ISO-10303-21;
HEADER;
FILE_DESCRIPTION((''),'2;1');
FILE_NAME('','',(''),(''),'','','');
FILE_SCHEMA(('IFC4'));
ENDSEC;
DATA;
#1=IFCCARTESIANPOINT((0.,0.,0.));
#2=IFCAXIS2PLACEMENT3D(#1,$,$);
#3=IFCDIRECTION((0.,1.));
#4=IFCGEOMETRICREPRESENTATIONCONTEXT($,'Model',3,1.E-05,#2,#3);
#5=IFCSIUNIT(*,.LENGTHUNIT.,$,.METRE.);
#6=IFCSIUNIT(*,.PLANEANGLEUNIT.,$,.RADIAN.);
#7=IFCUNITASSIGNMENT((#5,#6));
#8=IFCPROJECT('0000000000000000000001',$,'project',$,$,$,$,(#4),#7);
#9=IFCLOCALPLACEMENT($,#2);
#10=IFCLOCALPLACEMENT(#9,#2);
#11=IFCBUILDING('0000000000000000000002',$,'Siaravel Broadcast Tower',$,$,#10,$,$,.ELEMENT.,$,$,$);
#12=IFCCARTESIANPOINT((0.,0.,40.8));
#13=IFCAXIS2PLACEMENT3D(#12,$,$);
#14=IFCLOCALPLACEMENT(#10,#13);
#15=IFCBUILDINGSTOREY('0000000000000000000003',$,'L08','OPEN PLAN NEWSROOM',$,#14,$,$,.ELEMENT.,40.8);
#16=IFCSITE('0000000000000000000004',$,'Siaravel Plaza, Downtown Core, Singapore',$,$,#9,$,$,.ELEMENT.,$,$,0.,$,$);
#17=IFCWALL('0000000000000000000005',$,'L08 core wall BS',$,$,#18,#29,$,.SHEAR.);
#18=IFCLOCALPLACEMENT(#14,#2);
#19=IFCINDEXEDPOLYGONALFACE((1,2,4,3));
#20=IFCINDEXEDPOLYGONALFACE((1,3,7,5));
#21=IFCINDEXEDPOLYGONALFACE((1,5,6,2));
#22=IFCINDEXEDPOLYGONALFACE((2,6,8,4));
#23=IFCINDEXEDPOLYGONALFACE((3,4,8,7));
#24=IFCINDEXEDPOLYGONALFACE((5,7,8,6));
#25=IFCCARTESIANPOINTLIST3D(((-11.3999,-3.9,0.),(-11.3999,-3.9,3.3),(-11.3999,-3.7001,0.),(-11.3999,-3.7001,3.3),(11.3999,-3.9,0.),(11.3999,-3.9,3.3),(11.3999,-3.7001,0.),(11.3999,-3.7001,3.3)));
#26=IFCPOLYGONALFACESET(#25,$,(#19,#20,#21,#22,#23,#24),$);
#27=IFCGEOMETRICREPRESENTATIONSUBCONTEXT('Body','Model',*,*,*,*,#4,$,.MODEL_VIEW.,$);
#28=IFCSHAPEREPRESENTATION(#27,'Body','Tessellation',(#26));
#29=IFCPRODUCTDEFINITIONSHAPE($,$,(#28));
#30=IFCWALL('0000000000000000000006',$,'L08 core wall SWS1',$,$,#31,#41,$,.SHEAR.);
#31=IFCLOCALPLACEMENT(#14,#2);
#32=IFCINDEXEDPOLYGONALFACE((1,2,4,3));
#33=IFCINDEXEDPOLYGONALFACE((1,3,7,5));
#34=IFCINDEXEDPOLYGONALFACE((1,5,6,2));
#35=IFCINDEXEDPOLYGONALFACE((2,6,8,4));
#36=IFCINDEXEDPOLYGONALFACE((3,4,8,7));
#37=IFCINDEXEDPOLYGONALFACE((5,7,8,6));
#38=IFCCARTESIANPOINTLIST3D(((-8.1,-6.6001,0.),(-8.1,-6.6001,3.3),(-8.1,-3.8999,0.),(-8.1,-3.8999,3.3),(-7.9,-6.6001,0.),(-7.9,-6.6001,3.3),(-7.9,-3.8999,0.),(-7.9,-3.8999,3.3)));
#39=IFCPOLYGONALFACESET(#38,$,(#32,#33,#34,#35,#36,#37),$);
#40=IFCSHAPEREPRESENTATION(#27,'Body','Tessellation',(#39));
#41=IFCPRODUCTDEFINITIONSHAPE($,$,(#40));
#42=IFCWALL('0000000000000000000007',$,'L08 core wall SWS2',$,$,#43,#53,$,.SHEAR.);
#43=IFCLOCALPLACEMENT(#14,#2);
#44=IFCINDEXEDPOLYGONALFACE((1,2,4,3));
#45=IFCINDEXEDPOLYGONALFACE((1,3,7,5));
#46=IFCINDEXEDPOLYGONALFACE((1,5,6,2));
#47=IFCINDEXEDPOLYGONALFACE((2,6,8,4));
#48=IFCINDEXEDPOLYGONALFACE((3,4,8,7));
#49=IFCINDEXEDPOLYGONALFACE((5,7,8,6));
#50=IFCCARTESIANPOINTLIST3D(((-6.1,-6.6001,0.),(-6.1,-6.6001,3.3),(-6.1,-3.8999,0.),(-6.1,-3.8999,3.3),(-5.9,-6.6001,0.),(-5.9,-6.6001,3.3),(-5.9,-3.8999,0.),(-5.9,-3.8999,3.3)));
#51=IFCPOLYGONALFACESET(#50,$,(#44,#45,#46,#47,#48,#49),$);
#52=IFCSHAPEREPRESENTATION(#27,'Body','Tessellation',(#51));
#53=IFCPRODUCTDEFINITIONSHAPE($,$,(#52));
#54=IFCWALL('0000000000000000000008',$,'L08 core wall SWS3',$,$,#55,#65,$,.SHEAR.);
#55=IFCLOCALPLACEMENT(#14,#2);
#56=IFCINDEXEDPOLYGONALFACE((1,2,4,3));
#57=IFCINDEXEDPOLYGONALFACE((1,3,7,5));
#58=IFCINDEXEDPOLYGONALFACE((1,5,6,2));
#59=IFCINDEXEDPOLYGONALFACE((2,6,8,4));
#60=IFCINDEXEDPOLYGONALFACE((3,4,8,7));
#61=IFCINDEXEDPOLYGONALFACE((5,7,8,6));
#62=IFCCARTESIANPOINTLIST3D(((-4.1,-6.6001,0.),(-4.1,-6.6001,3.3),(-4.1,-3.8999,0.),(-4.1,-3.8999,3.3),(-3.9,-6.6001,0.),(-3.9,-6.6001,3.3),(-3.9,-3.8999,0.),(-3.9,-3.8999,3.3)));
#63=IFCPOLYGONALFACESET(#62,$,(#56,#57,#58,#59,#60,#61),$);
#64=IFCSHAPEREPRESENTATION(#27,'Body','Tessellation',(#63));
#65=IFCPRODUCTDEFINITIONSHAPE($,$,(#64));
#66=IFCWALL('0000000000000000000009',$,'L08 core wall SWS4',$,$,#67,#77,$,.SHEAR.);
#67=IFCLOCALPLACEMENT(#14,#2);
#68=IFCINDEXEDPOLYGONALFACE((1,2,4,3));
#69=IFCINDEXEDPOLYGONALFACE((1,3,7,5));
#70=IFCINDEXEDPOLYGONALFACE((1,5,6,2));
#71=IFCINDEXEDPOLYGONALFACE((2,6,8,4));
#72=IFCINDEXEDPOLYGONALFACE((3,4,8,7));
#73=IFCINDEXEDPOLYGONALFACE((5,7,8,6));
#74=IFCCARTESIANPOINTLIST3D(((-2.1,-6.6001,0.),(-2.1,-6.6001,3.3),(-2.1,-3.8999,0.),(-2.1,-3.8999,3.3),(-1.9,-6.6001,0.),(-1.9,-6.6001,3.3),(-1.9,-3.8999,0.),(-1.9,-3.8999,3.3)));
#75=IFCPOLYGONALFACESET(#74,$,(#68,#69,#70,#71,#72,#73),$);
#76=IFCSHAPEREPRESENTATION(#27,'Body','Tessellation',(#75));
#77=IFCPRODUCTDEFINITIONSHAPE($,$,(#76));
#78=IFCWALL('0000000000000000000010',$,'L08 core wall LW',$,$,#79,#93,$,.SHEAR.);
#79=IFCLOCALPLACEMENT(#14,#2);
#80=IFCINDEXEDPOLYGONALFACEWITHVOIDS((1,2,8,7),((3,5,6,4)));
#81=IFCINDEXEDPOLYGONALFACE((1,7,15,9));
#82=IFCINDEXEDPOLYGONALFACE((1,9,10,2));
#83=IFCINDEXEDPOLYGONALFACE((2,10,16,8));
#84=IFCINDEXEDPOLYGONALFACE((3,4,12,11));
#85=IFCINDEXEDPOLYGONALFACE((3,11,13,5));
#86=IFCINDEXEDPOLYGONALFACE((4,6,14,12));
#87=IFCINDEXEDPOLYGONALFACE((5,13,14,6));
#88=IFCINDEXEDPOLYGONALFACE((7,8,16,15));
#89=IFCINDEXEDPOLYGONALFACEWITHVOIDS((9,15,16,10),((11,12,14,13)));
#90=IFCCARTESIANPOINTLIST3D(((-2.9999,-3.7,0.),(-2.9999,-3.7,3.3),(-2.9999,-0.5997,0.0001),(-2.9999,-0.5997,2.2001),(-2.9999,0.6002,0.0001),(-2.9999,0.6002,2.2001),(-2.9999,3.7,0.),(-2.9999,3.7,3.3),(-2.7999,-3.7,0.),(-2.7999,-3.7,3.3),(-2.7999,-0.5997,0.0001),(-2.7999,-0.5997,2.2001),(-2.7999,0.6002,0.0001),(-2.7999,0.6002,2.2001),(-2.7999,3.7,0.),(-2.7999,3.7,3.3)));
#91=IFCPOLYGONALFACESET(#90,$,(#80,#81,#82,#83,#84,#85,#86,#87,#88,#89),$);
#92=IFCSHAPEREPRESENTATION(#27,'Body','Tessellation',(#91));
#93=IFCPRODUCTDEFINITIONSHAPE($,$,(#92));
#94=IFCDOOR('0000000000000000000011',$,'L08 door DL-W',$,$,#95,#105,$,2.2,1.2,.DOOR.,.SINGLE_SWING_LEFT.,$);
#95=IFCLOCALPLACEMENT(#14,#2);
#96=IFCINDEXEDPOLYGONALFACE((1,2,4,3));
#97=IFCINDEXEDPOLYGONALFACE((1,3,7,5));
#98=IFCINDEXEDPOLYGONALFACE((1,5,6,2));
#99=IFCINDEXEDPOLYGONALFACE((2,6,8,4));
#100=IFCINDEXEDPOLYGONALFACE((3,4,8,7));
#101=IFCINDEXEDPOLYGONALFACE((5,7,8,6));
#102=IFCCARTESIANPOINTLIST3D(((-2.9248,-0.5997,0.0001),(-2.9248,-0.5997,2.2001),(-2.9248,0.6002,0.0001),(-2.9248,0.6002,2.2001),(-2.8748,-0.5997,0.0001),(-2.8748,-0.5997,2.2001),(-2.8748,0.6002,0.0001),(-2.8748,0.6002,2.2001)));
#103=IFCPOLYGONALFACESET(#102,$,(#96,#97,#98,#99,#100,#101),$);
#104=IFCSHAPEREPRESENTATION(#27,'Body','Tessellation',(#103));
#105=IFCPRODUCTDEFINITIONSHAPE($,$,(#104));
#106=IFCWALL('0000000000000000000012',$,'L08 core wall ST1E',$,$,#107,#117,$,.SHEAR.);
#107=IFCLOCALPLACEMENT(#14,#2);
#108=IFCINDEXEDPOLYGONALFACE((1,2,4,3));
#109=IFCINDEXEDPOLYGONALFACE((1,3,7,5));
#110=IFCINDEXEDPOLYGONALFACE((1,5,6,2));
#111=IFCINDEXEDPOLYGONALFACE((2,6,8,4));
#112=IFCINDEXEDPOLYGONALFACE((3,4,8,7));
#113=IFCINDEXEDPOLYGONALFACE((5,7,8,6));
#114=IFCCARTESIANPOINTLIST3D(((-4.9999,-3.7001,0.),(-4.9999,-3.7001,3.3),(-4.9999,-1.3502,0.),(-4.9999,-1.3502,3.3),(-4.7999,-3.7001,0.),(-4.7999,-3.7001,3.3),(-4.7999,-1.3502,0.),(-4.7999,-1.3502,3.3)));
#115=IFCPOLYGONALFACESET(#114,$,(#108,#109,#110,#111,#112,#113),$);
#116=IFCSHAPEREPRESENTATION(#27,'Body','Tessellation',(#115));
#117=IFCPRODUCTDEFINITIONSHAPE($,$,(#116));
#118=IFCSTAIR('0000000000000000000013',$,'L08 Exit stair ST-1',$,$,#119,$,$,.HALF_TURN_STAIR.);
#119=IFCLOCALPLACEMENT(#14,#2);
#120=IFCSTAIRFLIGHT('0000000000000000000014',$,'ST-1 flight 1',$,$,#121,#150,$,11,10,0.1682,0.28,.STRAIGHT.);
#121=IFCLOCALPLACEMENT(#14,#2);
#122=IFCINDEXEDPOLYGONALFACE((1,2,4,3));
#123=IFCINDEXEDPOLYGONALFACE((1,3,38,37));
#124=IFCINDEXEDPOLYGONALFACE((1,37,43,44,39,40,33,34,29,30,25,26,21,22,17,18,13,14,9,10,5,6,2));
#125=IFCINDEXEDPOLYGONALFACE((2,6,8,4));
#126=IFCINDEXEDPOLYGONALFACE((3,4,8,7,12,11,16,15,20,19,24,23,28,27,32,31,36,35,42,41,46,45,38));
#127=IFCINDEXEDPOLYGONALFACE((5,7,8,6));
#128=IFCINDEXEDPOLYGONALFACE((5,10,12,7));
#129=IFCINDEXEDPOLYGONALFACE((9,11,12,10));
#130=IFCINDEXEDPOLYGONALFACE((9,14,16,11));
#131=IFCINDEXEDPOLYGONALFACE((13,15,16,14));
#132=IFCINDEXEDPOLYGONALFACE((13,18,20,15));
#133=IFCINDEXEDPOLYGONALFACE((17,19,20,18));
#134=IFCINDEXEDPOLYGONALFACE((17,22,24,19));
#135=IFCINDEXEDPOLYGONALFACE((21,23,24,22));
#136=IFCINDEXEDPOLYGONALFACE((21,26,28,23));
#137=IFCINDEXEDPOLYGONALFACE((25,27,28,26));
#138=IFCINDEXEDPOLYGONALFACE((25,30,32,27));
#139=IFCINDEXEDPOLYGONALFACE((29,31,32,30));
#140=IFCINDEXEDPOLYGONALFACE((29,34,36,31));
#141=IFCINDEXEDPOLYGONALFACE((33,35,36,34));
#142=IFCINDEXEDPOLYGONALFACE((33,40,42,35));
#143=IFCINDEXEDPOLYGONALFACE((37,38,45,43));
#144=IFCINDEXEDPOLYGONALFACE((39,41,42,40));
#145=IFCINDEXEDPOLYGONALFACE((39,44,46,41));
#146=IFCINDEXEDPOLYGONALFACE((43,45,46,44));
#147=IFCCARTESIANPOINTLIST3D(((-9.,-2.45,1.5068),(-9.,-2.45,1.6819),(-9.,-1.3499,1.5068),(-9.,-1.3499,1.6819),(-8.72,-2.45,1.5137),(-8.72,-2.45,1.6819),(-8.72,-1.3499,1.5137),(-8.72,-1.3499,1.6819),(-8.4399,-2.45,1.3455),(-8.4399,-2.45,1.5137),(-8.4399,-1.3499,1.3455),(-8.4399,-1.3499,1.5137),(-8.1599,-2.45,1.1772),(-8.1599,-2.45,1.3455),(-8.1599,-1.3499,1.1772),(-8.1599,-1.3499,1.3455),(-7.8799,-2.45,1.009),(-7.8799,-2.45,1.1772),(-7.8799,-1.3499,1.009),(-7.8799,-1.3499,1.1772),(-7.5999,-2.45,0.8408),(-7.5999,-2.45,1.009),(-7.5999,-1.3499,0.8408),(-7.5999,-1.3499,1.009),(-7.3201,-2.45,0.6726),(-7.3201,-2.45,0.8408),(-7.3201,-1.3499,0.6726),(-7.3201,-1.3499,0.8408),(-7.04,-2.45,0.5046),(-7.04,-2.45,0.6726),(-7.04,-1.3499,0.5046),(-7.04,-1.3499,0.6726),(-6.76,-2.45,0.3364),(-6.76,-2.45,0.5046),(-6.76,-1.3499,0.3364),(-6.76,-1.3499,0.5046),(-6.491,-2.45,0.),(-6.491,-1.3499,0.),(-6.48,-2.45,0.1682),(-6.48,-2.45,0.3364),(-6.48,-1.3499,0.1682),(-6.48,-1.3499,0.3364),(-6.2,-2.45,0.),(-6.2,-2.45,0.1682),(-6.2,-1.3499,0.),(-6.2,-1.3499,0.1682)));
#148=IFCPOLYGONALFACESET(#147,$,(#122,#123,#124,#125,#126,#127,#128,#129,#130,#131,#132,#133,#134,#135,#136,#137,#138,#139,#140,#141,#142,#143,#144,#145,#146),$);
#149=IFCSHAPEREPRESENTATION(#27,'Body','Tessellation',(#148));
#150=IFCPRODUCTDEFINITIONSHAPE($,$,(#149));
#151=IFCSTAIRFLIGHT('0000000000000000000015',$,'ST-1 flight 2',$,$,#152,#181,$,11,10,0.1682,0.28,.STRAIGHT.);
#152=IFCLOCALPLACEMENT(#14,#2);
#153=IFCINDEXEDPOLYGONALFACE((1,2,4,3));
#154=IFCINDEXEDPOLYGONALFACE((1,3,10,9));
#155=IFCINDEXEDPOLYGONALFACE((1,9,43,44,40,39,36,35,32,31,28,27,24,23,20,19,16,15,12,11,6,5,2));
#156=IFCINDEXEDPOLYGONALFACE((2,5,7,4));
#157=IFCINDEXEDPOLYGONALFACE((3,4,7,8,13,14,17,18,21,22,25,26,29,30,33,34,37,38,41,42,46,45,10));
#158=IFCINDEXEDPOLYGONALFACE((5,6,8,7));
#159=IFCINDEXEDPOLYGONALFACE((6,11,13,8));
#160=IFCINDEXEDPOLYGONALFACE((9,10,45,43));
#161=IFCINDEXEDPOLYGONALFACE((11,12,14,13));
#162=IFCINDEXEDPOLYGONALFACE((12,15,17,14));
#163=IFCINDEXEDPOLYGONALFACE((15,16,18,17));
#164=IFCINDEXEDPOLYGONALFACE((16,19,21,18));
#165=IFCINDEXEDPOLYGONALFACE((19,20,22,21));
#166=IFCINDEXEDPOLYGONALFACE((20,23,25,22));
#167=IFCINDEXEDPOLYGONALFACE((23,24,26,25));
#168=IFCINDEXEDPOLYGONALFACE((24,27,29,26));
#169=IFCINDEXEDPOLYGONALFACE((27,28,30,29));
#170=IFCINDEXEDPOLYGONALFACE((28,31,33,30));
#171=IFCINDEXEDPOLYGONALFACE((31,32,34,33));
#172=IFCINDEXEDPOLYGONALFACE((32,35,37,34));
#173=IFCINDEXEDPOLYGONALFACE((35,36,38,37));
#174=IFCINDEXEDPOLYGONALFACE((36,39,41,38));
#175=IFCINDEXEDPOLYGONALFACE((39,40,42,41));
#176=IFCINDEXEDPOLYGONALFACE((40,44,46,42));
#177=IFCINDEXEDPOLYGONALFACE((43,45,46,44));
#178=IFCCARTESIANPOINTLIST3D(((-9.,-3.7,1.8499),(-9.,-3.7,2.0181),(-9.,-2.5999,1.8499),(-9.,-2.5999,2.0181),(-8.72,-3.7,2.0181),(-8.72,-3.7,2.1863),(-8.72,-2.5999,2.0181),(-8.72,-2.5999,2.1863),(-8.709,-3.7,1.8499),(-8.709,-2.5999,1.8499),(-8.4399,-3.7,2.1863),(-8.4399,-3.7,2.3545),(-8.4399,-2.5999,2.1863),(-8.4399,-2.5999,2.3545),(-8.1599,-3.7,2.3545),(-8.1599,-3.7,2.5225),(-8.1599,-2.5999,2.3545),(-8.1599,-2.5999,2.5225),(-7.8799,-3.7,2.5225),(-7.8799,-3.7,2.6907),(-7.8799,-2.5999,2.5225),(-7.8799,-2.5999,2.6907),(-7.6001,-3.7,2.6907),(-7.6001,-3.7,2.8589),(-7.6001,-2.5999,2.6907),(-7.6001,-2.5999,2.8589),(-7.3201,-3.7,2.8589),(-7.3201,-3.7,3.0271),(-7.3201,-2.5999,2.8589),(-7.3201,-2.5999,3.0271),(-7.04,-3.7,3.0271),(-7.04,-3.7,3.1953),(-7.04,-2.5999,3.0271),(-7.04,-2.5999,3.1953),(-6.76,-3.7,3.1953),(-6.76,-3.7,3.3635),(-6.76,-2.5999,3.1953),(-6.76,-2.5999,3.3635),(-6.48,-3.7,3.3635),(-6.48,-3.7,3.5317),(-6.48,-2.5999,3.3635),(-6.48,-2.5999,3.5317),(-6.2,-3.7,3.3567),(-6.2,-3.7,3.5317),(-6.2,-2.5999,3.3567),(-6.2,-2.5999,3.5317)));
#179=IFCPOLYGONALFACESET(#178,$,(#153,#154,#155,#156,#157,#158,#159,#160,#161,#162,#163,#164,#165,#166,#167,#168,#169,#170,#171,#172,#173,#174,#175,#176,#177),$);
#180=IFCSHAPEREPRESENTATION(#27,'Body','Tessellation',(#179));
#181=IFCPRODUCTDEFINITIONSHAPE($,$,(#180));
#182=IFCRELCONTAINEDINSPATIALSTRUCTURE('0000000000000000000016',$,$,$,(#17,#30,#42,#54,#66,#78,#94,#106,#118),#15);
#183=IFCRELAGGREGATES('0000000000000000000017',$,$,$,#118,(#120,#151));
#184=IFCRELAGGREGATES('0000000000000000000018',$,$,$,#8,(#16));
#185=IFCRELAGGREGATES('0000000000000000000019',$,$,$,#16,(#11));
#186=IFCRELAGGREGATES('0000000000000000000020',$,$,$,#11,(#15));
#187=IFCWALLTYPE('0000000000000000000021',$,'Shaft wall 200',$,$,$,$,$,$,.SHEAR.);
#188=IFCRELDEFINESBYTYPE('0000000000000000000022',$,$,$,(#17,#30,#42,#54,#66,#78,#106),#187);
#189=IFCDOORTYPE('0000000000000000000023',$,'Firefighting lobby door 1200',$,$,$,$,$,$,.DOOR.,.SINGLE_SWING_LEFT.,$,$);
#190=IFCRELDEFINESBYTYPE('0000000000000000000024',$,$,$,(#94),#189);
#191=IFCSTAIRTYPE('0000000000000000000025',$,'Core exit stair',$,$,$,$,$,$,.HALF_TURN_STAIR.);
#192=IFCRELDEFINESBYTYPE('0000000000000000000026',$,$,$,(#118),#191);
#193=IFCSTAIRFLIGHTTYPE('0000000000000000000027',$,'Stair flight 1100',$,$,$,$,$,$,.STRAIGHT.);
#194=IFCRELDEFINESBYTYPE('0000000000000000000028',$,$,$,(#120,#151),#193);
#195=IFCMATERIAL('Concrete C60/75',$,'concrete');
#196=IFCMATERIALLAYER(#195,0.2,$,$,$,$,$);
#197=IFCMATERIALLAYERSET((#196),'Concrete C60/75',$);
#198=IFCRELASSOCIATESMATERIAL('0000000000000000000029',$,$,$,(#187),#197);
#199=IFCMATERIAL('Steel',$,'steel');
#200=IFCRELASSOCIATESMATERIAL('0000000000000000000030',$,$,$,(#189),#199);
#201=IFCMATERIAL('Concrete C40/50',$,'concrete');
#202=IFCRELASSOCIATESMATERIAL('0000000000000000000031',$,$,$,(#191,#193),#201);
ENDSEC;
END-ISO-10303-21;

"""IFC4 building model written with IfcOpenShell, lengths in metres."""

from ifc_helpers import new_model, si_unit, direction, frame, frame_2d, origin, place, context, subcontext, project, spatial, polyline, rectangle, outline, extrude, material, layer, layer_set, type_object, element, fill, aggregate, save


model = new_model("IFC4")

# Units and contexts
model_context = context("Model", 3, precision=1e-05, world=origin(), true_north=direction((0.0, 1.0)))
body_context = subcontext(model_context, "Body", "Model", "MODEL_VIEW")
ifc_project = project(units=[si_unit("LENGTHUNIT", "METRE"), si_unit("PLANEANGLEUNIT", "RADIAN")], contexts=[model_context])

# Site, building, storey
site_placement = place(None, origin())
site = spatial("IfcSite", under=ifc_project, at=site_placement, Name="Siaravel Plaza, Downtown Core, Singapore", CompositionType="ELEMENT", RefElevation=0.0)
building_placement = place(site_placement, origin())
building = spatial("IfcBuilding", under=site, at=building_placement, Name="Siaravel Broadcast Tower", CompositionType="ELEMENT")
storey_placement = place(building_placement, frame((0.0, 0.0, 40.8)))
storey = spatial("IfcBuildingStorey", under=building, at=storey_placement, Name="L08", Description="OPEN PLAN NEWSROOM", CompositionType="ELEMENT", Elevation=40.8)

# Walls
ifc_material_1 = material(Name="Concrete C60/75", Category="concrete")
ifc_layer = layer(ifc_material_1, 0.2)
ifc_layer_set = layer_set([ifc_layer], Name="Concrete C60/75")
wall_type = type_object("IfcWallType", Name="Shaft wall 200", PredefinedType="SHEAR", material=ifc_layer_set)
wall_1_placement = place(storey_placement, frame((-11.3999, -3.8, 0.0), z_axis=(0.0, 0.0, 1.0), x_axis=(1.0, 0.0, 0.0)))
element("IfcWall", 1, at=wall_1_placement, inside=storey, type_object=wall_type, Name="L08 core wall BS", PredefinedType="SHEAR", context=body_context, shape_type="SweptSolid", body=[
    extrude(rectangle(XDim=22.7998, YDim=0.2, at=frame_2d((11.3999, 0.0))), origin(), (0.0, 0.0, 1.0), 3.3),
])
for number, where, z_axis, x_axis, name in (
    (2, (-8.0, -6.6001, 0.0), (0.0, 0.0, 1.0), (0.0, 1.0, 0.0), "L08 core wall SWS1"),
    (3, (-6.0, -6.6001, 0.0), (0.0, 0.0, 1.0), (0.0, 1.0, 0.0), "L08 core wall SWS2"),
    (4, (-4.0, -6.6001, 0.0), (0.0, 0.0, 1.0), (0.0, 1.0, 0.0), "L08 core wall SWS3"),
    (5, (-2.0, -6.6001, 0.0), (0.0, 0.0, 1.0), (0.0, 1.0, 0.0), "L08 core wall SWS4"),
):
    element("IfcWall", number, at=place(storey_placement, frame(where, z_axis=z_axis, x_axis=x_axis)), inside=storey, type_object=wall_type, Name=name, PredefinedType="SHEAR", context=body_context, shape_type="SweptSolid", body=[
        extrude(rectangle(XDim=2.7002, YDim=0.2, at=frame_2d((1.3501, 0.0))), origin(), (0.0, 0.0, 1.0), 3.3),
    ])

# Wall, opening, door
wall_2_placement = place(storey_placement, frame((-2.8999, -3.7, 0.0), z_axis=(0.0, 0.0, 1.0), x_axis=(0.0, 1.0, 0.0)))
wall_2 = element("IfcWall", 6, at=wall_2_placement, inside=storey, type_object=wall_type, Name="L08 core wall LW", PredefinedType="SHEAR", context=body_context, shape_type="SweptSolid", body=[
    extrude(rectangle(XDim=7.3999, YDim=0.2, at=frame_2d((3.7, 0.0))), origin(), (0.0, 0.0, 1.0), 3.3),
])
opening_placement = place(wall_2_placement, frame((3.1001, 0.0, 0.0)))
opening = element("IfcOpeningElement", 7, at=opening_placement, cuts=wall_2, PredefinedType="OPENING", context=body_context, shape_type="SweptSolid", body=[
    extrude(rectangle(XDim=1.2, YDim=2.2, at=frame_2d((0.6001, 1.1001))), frame((0.0, 0.1099, 0.0), z_axis=(0.0, -1.0, 0.0), x_axis=(1.0, 0.0, 0.0)), (0.0, 0.0, 1.0), 0.22),
])
ifc_material_2 = material(Name="Steel", Category="steel")
door_type = type_object("IfcDoorType", Name="Firefighting lobby door 1200", OperationType="SINGLE_SWING_LEFT", PredefinedType="DOOR", material=ifc_material_2)
door_placement = place(opening_placement, origin())
door = element("IfcDoor", 8, at=door_placement, inside=storey, type_object=door_type, Name="L08 door DL-W", OperationType="SINGLE_SWING_LEFT", OverallHeight=2.2, OverallWidth=1.2, PredefinedType="DOOR", context=body_context, shape_type="SweptSolid", body=[
    extrude(rectangle(XDim=1.2, YDim=2.2, at=frame_2d((0.6001, 1.1001))), frame((0.0, 0.0249, 0.0), z_axis=(0.0, -1.0, 0.0), x_axis=(1.0, 0.0, 0.0)), (0.0, 0.0, 1.0), 0.05),
])
fill(opening, door)

# Wall
wall_3_placement = place(storey_placement, frame((-4.8999, -3.7, 0.0), z_axis=(0.0, 0.0, 1.0), x_axis=(0.0, 1.0, 0.0)))
element("IfcWall", 9, at=wall_3_placement, inside=storey, type_object=wall_type, Name="L08 core wall ST1E", PredefinedType="SHEAR", context=body_context, shape_type="SweptSolid", body=[
    extrude(rectangle(XDim=2.3499, YDim=0.2, at=frame_2d((1.1748, 0.0))), origin(), (0.0, 0.0, 1.0), 3.3),
])

# Stair, stair flights
ifc_material_3 = material(Name="Concrete C40/50", Category="concrete")
stair_type = type_object("IfcStairType", Name="Core exit stair", PredefinedType="HALF_TURN_STAIR", material=ifc_material_3)
stair_placement = place(storey_placement, origin())
stair = element("IfcStair", 10, at=stair_placement, inside=storey, type_object=stair_type, Name="L08 Exit stair ST-1", PredefinedType="HALF_TURN_STAIR")
stair_flight_type = type_object("IfcStairFlightType", Name="Stair flight 1100", PredefinedType="STRAIGHT", material=ifc_material_3)
stair_flight_1_placement = place(storey_placement, frame((-6.2, -1.8999, 0.0), z_axis=(0.0, 0.0, 1.0), x_axis=(-1.0, 0.0, 0.0)))
stair_flight_1 = element("IfcStairFlight", 11, at=stair_flight_1_placement, type_object=stair_flight_type, Name="ST-1 flight 1", NumberOfRisers=11, NumberOfTreads=10, PredefinedType="STRAIGHT", RiserHeight=0.1682, TreadLength=0.28, context=body_context, shape_type="SweptSolid", body=[
    extrude(outline(polyline([(0.0, 0.0), (0.0, 0.1682), (0.28, 0.1682), (0.28, 0.3364), (0.5601, 0.3364), (0.5601, 0.5046), (0.8401, 0.5046), (0.8401, 0.6726), (1.1201, 0.6726), (1.1201, 0.8408), (1.3999, 0.8408), (1.3999, 1.009), (1.6799, 1.009), (1.6799, 1.1772), (1.96, 1.1772), (1.96, 1.3455), (2.24, 1.3455), (2.24, 1.5137), (2.52, 1.5137), (2.52, 1.6819), (2.8, 1.6819), (2.8, 1.8501), (2.8, 1.5068), (0.291, 0.0), (0.0, 0.0)])), frame((0.0, 0.55, 0.0), z_axis=(0.0, -1.0, 0.0), x_axis=(1.0, 0.0, 0.0)), (0.0, 0.0, 1.0), 1.1001),
])
stair_flight_2_placement = place(storey_placement, frame((-9.0, -3.1499, 1.8499), z_axis=(0.0, 0.0, 1.0), x_axis=(1.0, 0.0, 0.0)))
stair_flight_2 = element("IfcStairFlight", 12, at=stair_flight_2_placement, type_object=stair_flight_type, Name="ST-1 flight 2", NumberOfRisers=11, NumberOfTreads=10, PredefinedType="STRAIGHT", RiserHeight=0.1682, TreadLength=0.28, context=body_context, shape_type="SweptSolid", body=[
    extrude(outline(polyline([(0.0, 0.0), (0.0, 0.1682), (0.28, 0.1682), (0.28, 0.3364), (0.5601, 0.3364), (0.5601, 0.5046), (0.8401, 0.5046), (0.8401, 0.6726), (1.1201, 0.6726), (1.1201, 0.8408), (1.3999, 0.8408), (1.3999, 1.009), (1.6799, 1.009), (1.6799, 1.1772), (1.96, 1.1772), (1.96, 1.3455), (2.24, 1.3455), (2.24, 1.5137), (2.52, 1.5137), (2.52, 1.6819), (2.8, 1.6819), (2.8, 1.8501), (2.8, 1.5068), (0.291, 0.0), (0.0, 0.0)])), frame((0.0, 0.55, 0.0), z_axis=(0.0, -1.0, 0.0), x_axis=(1.0, 0.0, 0.0)), (0.0, 0.0, 1.0), 1.1001),
])
aggregate(stair, [stair_flight_1, stair_flight_2])

save(model, "model.ifc")
